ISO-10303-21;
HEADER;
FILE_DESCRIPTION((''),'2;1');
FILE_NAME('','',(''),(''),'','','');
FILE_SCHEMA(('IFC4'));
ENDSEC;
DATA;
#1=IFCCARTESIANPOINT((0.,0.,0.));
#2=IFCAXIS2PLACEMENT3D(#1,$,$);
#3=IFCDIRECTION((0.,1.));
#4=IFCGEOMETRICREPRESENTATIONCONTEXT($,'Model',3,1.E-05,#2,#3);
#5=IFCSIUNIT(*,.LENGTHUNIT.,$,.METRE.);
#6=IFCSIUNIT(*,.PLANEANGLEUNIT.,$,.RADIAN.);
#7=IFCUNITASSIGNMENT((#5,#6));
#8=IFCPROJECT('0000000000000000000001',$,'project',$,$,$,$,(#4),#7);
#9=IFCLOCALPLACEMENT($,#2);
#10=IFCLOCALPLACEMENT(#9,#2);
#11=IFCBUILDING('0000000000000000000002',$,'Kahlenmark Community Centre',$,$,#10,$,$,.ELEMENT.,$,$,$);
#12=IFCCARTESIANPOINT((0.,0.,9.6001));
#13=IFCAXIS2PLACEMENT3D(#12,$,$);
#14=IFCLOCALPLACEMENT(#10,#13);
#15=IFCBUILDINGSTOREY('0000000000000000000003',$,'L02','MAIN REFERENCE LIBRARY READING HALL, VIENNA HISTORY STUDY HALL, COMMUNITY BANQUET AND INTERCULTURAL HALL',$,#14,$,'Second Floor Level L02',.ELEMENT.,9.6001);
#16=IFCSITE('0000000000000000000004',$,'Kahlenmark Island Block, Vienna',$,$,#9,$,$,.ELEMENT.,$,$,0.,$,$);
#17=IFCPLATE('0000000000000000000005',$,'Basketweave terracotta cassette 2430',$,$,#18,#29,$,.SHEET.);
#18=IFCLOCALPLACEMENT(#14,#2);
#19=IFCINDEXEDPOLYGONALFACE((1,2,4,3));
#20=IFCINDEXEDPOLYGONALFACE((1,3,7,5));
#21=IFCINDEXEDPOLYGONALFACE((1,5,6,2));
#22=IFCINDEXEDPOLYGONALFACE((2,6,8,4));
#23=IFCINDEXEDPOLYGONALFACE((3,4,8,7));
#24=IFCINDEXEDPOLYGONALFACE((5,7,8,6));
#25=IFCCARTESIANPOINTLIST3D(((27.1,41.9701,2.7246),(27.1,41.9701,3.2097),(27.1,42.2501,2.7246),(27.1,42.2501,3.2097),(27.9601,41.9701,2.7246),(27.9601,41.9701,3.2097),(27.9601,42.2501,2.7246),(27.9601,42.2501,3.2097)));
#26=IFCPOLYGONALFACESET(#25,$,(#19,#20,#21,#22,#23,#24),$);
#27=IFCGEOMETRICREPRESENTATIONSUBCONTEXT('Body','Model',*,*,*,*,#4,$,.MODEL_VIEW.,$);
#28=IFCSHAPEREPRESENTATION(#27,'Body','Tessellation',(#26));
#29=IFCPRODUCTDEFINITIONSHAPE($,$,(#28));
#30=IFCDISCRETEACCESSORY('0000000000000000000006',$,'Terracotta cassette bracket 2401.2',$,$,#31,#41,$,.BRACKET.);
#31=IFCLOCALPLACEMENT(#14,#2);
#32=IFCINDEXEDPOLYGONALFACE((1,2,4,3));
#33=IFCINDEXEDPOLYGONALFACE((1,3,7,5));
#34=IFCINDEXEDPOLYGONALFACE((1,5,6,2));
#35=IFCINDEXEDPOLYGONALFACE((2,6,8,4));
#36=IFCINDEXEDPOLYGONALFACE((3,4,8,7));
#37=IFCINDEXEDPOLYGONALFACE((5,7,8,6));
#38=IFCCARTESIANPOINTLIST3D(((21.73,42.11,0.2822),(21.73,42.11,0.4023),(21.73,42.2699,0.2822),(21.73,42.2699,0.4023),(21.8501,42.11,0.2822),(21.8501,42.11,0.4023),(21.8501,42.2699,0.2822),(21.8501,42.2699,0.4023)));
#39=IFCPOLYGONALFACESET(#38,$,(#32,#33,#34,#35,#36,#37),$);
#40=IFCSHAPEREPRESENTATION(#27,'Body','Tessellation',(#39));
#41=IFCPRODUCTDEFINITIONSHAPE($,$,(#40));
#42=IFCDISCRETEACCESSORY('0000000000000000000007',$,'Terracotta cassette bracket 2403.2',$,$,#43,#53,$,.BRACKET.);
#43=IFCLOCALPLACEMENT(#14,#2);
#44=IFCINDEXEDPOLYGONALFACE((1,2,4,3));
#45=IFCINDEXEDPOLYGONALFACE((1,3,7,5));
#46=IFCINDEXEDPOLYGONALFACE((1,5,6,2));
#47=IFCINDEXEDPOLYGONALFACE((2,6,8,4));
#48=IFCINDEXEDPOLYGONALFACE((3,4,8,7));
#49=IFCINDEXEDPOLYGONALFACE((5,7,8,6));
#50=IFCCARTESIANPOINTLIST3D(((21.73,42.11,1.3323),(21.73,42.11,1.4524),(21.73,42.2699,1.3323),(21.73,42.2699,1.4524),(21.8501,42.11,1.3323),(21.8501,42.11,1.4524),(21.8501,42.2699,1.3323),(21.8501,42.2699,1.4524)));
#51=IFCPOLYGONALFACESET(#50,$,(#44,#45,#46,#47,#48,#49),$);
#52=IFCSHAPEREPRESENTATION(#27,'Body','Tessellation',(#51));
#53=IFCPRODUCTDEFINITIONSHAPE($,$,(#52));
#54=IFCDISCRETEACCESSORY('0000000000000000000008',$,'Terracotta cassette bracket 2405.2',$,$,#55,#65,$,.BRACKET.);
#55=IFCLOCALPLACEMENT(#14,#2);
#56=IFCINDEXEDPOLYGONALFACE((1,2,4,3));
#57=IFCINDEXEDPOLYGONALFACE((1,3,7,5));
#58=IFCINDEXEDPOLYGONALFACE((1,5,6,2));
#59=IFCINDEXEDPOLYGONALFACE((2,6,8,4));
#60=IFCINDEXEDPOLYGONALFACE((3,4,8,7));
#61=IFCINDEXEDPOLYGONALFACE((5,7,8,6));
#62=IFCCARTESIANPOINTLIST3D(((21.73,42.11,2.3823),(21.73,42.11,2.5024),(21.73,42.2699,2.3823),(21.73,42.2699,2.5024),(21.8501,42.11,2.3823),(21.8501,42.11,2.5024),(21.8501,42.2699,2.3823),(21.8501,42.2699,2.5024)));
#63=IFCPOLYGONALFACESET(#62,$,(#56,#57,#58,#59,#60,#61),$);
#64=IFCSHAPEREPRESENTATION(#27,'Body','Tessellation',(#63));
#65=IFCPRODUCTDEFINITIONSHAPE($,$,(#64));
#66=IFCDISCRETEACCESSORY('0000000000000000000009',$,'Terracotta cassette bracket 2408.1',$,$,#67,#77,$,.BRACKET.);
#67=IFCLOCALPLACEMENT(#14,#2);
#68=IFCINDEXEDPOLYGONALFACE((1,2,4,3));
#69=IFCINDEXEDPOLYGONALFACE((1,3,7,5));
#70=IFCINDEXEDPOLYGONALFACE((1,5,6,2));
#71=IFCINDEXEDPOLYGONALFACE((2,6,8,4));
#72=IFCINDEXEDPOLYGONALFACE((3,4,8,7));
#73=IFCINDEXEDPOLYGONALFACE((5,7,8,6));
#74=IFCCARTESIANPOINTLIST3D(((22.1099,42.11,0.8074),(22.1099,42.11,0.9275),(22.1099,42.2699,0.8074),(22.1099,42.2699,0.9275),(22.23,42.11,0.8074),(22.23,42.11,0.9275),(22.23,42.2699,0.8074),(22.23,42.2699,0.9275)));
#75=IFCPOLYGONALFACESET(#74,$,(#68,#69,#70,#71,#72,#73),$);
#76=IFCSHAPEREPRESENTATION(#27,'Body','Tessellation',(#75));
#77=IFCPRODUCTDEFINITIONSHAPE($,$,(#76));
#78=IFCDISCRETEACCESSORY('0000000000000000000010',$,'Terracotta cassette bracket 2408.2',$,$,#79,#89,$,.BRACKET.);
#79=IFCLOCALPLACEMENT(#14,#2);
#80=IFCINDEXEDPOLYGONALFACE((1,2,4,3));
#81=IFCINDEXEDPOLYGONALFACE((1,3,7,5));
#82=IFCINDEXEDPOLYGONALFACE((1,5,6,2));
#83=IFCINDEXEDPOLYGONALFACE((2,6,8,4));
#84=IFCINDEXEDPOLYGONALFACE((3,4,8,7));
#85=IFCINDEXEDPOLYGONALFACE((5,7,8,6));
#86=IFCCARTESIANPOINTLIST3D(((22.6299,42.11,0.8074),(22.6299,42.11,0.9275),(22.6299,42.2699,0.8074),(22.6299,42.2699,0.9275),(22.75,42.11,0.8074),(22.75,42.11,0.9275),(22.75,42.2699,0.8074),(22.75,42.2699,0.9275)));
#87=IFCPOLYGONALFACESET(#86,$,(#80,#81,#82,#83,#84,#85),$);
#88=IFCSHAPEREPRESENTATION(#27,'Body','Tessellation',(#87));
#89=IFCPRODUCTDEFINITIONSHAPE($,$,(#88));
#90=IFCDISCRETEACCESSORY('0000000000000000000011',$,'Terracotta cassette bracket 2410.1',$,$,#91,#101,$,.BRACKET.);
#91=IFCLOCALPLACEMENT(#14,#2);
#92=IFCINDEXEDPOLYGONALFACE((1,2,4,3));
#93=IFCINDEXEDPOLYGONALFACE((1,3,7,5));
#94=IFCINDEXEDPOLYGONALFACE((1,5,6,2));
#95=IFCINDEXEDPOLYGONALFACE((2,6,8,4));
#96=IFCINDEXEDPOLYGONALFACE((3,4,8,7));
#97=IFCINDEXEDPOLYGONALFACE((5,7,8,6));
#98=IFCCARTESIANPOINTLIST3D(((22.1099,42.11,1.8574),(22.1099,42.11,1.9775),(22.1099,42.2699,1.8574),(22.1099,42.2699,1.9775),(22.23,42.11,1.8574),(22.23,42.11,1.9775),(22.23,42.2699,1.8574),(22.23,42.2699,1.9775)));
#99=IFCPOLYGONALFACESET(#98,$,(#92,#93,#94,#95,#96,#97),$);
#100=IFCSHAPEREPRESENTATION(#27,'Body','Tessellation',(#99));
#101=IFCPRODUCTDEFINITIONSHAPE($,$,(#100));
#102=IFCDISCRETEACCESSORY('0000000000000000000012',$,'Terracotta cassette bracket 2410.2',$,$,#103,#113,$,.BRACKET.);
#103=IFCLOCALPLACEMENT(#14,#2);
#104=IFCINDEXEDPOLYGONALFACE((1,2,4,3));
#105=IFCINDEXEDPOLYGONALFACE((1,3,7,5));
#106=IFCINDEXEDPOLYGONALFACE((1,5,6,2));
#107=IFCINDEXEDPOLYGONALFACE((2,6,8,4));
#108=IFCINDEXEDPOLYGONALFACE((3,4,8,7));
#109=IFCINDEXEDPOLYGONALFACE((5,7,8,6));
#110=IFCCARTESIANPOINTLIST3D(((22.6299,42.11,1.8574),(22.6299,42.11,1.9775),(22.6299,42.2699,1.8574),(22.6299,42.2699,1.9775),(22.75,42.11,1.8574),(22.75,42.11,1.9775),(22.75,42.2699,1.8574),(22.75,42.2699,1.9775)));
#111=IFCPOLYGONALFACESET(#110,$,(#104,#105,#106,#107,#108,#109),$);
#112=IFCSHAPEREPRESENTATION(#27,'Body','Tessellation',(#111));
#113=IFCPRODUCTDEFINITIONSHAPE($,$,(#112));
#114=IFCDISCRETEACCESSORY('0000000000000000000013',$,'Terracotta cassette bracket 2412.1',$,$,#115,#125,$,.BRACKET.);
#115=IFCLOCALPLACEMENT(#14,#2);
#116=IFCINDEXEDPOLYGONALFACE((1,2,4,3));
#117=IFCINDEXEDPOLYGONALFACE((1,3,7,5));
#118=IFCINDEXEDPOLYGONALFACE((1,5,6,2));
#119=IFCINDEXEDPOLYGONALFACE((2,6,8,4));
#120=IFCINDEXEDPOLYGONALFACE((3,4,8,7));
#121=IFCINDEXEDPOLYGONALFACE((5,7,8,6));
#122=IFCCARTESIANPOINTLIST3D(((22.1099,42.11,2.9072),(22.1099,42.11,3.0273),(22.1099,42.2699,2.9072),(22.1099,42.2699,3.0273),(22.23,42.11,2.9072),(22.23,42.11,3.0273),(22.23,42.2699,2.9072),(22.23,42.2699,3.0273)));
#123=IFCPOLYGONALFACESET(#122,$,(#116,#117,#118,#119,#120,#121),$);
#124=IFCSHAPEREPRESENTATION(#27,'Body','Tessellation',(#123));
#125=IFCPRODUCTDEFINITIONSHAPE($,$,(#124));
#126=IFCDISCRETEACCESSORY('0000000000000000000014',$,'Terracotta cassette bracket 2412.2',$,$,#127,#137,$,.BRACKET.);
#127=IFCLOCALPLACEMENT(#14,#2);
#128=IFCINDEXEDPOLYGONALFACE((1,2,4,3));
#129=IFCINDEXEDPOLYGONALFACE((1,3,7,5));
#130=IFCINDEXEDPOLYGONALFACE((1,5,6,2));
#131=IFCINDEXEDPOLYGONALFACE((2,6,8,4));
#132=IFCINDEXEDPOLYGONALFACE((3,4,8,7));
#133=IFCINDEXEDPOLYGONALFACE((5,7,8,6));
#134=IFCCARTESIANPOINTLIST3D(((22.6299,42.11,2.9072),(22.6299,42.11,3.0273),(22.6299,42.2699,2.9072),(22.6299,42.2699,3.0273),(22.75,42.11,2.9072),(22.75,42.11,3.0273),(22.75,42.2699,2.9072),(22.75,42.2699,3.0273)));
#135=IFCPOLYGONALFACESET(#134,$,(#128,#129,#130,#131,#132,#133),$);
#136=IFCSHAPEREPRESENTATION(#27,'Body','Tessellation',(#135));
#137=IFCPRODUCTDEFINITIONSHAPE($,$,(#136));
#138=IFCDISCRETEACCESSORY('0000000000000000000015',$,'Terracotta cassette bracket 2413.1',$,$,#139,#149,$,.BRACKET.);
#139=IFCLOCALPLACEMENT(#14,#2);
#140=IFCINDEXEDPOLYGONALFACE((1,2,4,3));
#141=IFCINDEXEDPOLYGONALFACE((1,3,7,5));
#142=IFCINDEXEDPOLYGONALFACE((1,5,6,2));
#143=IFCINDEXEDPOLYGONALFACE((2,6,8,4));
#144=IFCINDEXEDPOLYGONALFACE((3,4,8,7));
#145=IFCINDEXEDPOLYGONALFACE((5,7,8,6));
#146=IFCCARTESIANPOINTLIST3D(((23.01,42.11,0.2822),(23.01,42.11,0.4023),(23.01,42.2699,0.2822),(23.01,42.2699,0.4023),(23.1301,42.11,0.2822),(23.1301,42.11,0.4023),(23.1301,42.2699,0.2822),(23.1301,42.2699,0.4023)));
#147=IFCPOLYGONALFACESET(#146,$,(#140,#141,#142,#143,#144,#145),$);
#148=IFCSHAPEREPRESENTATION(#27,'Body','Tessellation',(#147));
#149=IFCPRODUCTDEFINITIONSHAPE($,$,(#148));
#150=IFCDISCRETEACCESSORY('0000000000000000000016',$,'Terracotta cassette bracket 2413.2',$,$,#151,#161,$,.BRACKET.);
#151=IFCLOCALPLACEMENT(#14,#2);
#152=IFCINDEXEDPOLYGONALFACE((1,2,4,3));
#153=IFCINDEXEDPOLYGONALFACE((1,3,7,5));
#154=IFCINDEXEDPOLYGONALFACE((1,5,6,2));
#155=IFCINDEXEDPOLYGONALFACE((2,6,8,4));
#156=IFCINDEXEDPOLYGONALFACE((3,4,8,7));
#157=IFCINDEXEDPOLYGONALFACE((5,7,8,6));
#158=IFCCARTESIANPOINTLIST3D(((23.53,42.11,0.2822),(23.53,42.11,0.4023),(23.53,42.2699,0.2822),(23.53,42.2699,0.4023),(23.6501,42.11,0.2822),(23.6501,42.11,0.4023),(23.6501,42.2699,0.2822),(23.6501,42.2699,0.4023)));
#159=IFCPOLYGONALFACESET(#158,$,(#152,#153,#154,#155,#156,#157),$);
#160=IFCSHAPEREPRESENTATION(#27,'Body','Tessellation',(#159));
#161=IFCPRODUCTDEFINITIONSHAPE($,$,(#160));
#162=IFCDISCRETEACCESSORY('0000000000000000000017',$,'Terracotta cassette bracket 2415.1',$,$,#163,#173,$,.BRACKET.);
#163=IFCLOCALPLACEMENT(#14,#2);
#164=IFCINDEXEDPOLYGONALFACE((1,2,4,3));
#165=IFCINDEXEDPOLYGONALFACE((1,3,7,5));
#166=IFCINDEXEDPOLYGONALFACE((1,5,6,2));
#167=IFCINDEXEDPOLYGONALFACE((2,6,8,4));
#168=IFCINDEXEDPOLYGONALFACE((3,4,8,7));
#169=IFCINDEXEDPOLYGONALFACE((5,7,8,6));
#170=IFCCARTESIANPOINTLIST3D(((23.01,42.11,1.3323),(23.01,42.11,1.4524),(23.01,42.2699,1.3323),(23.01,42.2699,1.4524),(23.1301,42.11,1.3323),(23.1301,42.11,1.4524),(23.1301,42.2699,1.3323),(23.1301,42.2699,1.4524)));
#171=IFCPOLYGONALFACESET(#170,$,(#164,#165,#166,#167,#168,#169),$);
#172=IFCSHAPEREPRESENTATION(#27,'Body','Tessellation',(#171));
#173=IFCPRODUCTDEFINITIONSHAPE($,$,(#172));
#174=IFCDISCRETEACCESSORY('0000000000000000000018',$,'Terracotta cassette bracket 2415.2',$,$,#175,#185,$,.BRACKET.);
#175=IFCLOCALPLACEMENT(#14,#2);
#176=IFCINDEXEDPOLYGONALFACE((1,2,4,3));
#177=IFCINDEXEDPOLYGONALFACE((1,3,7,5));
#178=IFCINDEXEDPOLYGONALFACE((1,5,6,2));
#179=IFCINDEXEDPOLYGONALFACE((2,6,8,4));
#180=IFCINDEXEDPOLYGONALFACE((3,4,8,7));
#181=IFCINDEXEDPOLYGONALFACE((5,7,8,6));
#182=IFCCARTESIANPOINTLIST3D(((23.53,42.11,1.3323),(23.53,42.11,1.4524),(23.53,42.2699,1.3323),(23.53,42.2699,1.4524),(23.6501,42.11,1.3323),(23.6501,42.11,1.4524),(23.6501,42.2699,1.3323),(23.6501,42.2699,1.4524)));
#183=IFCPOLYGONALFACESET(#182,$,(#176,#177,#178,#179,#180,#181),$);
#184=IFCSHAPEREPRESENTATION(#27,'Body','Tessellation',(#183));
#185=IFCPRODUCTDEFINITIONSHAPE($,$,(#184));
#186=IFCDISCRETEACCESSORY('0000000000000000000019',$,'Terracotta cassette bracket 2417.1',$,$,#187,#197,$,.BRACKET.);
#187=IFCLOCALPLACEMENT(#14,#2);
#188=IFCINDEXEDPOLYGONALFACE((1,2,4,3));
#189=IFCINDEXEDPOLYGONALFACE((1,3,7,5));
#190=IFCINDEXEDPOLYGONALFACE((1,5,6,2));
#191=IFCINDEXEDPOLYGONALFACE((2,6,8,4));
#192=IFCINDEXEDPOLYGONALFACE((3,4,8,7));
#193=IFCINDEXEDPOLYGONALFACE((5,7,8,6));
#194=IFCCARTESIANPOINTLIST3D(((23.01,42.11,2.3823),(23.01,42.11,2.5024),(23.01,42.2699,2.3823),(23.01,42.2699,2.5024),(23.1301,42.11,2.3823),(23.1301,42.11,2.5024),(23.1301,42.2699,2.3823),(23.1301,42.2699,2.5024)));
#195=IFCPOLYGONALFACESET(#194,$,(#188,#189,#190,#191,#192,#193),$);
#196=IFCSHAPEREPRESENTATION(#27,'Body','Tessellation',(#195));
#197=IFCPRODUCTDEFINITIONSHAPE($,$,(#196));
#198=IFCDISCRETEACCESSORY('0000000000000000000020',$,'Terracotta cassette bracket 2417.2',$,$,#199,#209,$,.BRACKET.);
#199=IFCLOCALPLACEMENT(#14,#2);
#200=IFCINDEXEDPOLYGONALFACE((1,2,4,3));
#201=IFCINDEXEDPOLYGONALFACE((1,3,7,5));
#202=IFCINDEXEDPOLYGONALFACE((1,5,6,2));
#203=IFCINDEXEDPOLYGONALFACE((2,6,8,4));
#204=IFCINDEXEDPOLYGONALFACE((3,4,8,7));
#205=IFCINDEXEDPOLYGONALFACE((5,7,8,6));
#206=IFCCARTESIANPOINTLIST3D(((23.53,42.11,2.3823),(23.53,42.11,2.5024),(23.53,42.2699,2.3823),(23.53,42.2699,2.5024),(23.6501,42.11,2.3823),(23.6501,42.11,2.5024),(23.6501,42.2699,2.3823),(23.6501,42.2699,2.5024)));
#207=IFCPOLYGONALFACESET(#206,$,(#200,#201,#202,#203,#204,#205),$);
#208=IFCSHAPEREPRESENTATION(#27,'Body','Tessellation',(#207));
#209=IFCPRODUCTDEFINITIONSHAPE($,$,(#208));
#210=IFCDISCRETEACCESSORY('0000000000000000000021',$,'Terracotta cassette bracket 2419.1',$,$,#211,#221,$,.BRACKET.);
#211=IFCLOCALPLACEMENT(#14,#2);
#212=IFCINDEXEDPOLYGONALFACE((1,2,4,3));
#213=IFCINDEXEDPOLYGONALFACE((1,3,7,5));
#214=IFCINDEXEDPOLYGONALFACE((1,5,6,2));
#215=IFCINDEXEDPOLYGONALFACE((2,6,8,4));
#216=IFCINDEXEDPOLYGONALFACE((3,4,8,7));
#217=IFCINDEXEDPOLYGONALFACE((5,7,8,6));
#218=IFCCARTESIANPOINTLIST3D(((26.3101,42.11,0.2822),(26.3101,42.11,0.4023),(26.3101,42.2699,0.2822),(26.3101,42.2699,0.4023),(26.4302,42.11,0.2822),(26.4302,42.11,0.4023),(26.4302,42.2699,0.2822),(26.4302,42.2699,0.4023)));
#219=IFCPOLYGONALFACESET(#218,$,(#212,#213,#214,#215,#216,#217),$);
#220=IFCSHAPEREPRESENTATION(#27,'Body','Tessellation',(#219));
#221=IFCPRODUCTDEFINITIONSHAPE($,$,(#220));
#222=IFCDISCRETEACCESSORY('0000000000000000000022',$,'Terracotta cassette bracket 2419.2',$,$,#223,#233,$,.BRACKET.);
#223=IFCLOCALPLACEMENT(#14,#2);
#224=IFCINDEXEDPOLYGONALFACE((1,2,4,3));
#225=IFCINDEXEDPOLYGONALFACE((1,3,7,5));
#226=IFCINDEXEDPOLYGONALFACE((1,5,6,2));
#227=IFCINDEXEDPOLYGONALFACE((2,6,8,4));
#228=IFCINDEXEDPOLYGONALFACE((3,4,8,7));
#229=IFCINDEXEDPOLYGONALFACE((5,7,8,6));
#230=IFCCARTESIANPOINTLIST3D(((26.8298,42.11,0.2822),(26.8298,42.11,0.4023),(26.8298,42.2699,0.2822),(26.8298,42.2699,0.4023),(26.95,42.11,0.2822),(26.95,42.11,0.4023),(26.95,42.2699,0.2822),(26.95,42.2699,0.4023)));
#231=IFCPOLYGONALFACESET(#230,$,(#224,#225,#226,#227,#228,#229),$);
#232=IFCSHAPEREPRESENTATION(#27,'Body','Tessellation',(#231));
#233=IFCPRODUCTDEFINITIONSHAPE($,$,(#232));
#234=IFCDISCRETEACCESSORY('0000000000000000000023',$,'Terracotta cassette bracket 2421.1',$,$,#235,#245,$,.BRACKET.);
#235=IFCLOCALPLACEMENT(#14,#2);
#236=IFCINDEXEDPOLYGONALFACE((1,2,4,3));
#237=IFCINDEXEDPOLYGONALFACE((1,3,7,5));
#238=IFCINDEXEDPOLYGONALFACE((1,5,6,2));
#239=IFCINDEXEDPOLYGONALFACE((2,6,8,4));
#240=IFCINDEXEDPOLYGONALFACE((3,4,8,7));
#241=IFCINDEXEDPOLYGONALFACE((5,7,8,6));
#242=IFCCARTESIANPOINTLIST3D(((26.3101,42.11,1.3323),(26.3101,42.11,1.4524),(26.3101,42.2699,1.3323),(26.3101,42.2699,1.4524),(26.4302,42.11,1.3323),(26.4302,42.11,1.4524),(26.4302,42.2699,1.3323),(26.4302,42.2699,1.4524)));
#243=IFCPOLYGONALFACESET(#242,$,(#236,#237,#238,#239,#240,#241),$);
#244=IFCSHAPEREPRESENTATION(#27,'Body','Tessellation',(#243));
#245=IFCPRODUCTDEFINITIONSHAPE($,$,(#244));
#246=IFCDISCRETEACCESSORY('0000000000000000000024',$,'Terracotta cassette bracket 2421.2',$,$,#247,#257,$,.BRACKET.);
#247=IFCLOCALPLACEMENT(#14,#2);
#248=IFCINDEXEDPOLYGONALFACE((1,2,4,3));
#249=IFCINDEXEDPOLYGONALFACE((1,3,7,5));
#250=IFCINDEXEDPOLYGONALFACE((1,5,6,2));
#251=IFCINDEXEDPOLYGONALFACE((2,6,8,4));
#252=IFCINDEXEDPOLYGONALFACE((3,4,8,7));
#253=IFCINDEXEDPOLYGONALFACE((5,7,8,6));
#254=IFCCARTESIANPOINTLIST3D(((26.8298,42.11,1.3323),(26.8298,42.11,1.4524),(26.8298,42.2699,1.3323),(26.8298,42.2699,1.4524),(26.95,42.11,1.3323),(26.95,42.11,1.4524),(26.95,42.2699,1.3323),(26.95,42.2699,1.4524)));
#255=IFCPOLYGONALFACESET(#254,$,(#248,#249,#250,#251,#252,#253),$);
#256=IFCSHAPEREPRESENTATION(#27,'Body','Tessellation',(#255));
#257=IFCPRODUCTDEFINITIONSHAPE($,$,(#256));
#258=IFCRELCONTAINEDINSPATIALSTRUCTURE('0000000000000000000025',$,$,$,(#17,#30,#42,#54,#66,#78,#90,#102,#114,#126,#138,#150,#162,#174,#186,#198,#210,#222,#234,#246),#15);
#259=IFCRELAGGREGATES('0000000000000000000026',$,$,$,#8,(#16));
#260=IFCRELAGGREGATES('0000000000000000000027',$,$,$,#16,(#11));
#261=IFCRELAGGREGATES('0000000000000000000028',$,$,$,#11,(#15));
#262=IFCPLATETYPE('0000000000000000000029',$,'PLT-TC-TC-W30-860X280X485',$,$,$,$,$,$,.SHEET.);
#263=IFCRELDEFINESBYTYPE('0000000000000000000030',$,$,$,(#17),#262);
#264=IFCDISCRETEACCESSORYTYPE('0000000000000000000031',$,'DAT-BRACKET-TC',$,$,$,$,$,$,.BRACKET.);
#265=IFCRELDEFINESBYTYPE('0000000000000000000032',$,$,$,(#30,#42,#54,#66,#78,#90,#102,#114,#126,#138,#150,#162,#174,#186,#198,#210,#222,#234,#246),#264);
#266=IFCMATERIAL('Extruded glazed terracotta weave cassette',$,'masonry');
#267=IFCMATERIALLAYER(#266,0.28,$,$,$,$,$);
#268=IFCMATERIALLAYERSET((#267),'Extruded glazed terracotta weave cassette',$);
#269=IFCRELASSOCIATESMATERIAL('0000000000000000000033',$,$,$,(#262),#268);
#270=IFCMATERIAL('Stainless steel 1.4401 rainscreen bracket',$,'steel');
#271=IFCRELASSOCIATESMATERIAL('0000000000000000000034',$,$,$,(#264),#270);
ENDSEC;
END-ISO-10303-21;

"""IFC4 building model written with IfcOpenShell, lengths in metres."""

from ifc_helpers import new_model, si_unit, direction, frame, origin, origin_2d, place, context, subcontext, project, spatial, rectangle, extrude, material, layer, layer_set, type_object, element, save


model = new_model("IFC4")

# Units and contexts
model_context = context("Model", 3, precision=1e-05, world=origin(), true_north=direction((0.0, 1.0)))
body_context = subcontext(model_context, "Body", "Model", "MODEL_VIEW")
ifc_project = project(units=[si_unit("LENGTHUNIT", "METRE"), si_unit("PLANEANGLEUNIT", "RADIAN")], contexts=[model_context])

# Site, building, storey
site_placement = place(None, origin())
site = spatial("IfcSite", under=ifc_project, at=site_placement, Name="Kahlenmark Island Block, Vienna", CompositionType="ELEMENT", RefElevation=0.0)
building_placement = place(site_placement, origin())
building = spatial("IfcBuilding", under=site, at=building_placement, Name="Kahlenmark Community Centre", CompositionType="ELEMENT")
storey_placement = place(building_placement, frame((0.0, 0.0, 9.6001)))
storey = spatial("IfcBuildingStorey", under=building, at=storey_placement, Name="L02", Description="MAIN REFERENCE LIBRARY READING HALL, VIENNA HISTORY STUDY HALL, COMMUNITY BANQUET AND INTERCULTURAL HALL", LongName="Second Floor Level L02", CompositionType="ELEMENT", Elevation=9.6001)

# Plate
ifc_material_1 = material(Name="Extruded glazed terracotta weave cassette", Category="masonry")
ifc_layer_1 = layer(ifc_material_1, 0.28)
ifc_layer_set_1 = layer_set([ifc_layer_1], Name="Extruded glazed terracotta weave cassette")
plate_type_1 = type_object("IfcPlateType", Name="PLT-TC-TC-W30-860X280X485", PredefinedType="SHEET", material=ifc_layer_set_1)
for number, where, z_axis, x_axis, name in (
    (1, (27.53, 42.1101, 2.7246), (0.0, 0.0, 1.0), (1.0, 0.0, 0.0), "Basketweave terracotta cassette 2430"),
):
    element("IfcPlate", number, at=place(storey_placement, frame(where, z_axis=z_axis, x_axis=x_axis)), inside=storey, type_object=plate_type_1, Name=name, PredefinedType="SHEET", context=body_context, shape_type="SweptSolid", body=[
        extrude(rectangle(XDim=0.8601, YDim=0.28, at=origin_2d()), origin(), (0.0, 0.0, 1.0), 0.4851),
    ])

# Discrete accessories
ifc_material_2 = material(Name="Stainless steel 1.4401 rainscreen bracket", Category="steel")
discrete_accessory_type = type_object("IfcDiscreteAccessoryType", Name="DAT-BRACKET-TC", PredefinedType="BRACKET", material=ifc_material_2)
for number, where, z_axis, x_axis, name in (
    (2, (21.79, 42.1899, 0.2822), (0.0, 0.0, 1.0), (1.0, 0.0, 0.0), "Terracotta cassette bracket 2401.2"),
    (3, (21.79, 42.1899, 1.3323), (0.0, 0.0, 1.0), (1.0, 0.0, 0.0), "Terracotta cassette bracket 2403.2"),
    (4, (21.79, 42.1899, 2.3823), (0.0, 0.0, 1.0), (1.0, 0.0, 0.0), "Terracotta cassette bracket 2405.2"),
    (5, (22.1699, 42.1899, 0.8074), (0.0, 0.0, 1.0), (1.0, 0.0, 0.0), "Terracotta cassette bracket 2408.1"),
    (6, (22.6899, 42.1899, 0.8074), (0.0, 0.0, 1.0), (1.0, 0.0, 0.0), "Terracotta cassette bracket 2408.2"),
    (7, (22.1699, 42.1899, 1.8574), (0.0, 0.0, 1.0), (1.0, 0.0, 0.0), "Terracotta cassette bracket 2410.1"),
    (8, (22.6899, 42.1899, 1.8574), (0.0, 0.0, 1.0), (1.0, 0.0, 0.0), "Terracotta cassette bracket 2410.2"),
    (9, (22.1699, 42.1899, 2.9072), (0.0, 0.0, 1.0), (1.0, 0.0, 0.0), "Terracotta cassette bracket 2412.1"),
    (10, (22.6899, 42.1899, 2.9072), (0.0, 0.0, 1.0), (1.0, 0.0, 0.0), "Terracotta cassette bracket 2412.2"),
    (11, (23.0701, 42.1899, 0.2822), (0.0, 0.0, 1.0), (1.0, 0.0, 0.0), "Terracotta cassette bracket 2413.1"),
    (12, (23.5901, 42.1899, 0.2822), (0.0, 0.0, 1.0), (1.0, 0.0, 0.0), "Terracotta cassette bracket 2413.2"),
    (13, (23.0701, 42.1899, 1.3323), (0.0, 0.0, 1.0), (1.0, 0.0, 0.0), "Terracotta cassette bracket 2415.1"),
    (14, (23.5901, 42.1899, 1.3323), (0.0, 0.0, 1.0), (1.0, 0.0, 0.0), "Terracotta cassette bracket 2415.2"),
    (15, (23.0701, 42.1899, 2.3823), (0.0, 0.0, 1.0), (1.0, 0.0, 0.0), "Terracotta cassette bracket 2417.1"),
    (16, (23.5901, 42.1899, 2.3823), (0.0, 0.0, 1.0), (1.0, 0.0, 0.0), "Terracotta cassette bracket 2417.2"),
    (17, (26.3701, 42.1899, 0.2822), (0.0, 0.0, 1.0), (1.0, 0.0, 0.0), "Terracotta cassette bracket 2419.1"),
    (18, (26.8899, 42.1899, 0.2822), (0.0, 0.0, 1.0), (1.0, 0.0, 0.0), "Terracotta cassette bracket 2419.2"),
    (19, (26.3701, 42.1899, 1.3323), (0.0, 0.0, 1.0), (1.0, 0.0, 0.0), "Terracotta cassette bracket 2421.1"),
    (20, (26.8899, 42.1899, 1.3323), (0.0, 0.0, 1.0), (1.0, 0.0, 0.0), "Terracotta cassette bracket 2421.2"),
):
    element("IfcDiscreteAccessory", number, at=place(storey_placement, frame(where, z_axis=z_axis, x_axis=x_axis)), inside=storey, type_object=discrete_accessory_type, Name=name, PredefinedType="BRACKET", context=body_context, shape_type="SweptSolid", body=[
        extrude(rectangle(XDim=0.1201, YDim=0.1599, at=origin_2d()), origin(), (0.0, 0.0, 1.0), 0.1201),
    ])

save(model, "model.ifc")
